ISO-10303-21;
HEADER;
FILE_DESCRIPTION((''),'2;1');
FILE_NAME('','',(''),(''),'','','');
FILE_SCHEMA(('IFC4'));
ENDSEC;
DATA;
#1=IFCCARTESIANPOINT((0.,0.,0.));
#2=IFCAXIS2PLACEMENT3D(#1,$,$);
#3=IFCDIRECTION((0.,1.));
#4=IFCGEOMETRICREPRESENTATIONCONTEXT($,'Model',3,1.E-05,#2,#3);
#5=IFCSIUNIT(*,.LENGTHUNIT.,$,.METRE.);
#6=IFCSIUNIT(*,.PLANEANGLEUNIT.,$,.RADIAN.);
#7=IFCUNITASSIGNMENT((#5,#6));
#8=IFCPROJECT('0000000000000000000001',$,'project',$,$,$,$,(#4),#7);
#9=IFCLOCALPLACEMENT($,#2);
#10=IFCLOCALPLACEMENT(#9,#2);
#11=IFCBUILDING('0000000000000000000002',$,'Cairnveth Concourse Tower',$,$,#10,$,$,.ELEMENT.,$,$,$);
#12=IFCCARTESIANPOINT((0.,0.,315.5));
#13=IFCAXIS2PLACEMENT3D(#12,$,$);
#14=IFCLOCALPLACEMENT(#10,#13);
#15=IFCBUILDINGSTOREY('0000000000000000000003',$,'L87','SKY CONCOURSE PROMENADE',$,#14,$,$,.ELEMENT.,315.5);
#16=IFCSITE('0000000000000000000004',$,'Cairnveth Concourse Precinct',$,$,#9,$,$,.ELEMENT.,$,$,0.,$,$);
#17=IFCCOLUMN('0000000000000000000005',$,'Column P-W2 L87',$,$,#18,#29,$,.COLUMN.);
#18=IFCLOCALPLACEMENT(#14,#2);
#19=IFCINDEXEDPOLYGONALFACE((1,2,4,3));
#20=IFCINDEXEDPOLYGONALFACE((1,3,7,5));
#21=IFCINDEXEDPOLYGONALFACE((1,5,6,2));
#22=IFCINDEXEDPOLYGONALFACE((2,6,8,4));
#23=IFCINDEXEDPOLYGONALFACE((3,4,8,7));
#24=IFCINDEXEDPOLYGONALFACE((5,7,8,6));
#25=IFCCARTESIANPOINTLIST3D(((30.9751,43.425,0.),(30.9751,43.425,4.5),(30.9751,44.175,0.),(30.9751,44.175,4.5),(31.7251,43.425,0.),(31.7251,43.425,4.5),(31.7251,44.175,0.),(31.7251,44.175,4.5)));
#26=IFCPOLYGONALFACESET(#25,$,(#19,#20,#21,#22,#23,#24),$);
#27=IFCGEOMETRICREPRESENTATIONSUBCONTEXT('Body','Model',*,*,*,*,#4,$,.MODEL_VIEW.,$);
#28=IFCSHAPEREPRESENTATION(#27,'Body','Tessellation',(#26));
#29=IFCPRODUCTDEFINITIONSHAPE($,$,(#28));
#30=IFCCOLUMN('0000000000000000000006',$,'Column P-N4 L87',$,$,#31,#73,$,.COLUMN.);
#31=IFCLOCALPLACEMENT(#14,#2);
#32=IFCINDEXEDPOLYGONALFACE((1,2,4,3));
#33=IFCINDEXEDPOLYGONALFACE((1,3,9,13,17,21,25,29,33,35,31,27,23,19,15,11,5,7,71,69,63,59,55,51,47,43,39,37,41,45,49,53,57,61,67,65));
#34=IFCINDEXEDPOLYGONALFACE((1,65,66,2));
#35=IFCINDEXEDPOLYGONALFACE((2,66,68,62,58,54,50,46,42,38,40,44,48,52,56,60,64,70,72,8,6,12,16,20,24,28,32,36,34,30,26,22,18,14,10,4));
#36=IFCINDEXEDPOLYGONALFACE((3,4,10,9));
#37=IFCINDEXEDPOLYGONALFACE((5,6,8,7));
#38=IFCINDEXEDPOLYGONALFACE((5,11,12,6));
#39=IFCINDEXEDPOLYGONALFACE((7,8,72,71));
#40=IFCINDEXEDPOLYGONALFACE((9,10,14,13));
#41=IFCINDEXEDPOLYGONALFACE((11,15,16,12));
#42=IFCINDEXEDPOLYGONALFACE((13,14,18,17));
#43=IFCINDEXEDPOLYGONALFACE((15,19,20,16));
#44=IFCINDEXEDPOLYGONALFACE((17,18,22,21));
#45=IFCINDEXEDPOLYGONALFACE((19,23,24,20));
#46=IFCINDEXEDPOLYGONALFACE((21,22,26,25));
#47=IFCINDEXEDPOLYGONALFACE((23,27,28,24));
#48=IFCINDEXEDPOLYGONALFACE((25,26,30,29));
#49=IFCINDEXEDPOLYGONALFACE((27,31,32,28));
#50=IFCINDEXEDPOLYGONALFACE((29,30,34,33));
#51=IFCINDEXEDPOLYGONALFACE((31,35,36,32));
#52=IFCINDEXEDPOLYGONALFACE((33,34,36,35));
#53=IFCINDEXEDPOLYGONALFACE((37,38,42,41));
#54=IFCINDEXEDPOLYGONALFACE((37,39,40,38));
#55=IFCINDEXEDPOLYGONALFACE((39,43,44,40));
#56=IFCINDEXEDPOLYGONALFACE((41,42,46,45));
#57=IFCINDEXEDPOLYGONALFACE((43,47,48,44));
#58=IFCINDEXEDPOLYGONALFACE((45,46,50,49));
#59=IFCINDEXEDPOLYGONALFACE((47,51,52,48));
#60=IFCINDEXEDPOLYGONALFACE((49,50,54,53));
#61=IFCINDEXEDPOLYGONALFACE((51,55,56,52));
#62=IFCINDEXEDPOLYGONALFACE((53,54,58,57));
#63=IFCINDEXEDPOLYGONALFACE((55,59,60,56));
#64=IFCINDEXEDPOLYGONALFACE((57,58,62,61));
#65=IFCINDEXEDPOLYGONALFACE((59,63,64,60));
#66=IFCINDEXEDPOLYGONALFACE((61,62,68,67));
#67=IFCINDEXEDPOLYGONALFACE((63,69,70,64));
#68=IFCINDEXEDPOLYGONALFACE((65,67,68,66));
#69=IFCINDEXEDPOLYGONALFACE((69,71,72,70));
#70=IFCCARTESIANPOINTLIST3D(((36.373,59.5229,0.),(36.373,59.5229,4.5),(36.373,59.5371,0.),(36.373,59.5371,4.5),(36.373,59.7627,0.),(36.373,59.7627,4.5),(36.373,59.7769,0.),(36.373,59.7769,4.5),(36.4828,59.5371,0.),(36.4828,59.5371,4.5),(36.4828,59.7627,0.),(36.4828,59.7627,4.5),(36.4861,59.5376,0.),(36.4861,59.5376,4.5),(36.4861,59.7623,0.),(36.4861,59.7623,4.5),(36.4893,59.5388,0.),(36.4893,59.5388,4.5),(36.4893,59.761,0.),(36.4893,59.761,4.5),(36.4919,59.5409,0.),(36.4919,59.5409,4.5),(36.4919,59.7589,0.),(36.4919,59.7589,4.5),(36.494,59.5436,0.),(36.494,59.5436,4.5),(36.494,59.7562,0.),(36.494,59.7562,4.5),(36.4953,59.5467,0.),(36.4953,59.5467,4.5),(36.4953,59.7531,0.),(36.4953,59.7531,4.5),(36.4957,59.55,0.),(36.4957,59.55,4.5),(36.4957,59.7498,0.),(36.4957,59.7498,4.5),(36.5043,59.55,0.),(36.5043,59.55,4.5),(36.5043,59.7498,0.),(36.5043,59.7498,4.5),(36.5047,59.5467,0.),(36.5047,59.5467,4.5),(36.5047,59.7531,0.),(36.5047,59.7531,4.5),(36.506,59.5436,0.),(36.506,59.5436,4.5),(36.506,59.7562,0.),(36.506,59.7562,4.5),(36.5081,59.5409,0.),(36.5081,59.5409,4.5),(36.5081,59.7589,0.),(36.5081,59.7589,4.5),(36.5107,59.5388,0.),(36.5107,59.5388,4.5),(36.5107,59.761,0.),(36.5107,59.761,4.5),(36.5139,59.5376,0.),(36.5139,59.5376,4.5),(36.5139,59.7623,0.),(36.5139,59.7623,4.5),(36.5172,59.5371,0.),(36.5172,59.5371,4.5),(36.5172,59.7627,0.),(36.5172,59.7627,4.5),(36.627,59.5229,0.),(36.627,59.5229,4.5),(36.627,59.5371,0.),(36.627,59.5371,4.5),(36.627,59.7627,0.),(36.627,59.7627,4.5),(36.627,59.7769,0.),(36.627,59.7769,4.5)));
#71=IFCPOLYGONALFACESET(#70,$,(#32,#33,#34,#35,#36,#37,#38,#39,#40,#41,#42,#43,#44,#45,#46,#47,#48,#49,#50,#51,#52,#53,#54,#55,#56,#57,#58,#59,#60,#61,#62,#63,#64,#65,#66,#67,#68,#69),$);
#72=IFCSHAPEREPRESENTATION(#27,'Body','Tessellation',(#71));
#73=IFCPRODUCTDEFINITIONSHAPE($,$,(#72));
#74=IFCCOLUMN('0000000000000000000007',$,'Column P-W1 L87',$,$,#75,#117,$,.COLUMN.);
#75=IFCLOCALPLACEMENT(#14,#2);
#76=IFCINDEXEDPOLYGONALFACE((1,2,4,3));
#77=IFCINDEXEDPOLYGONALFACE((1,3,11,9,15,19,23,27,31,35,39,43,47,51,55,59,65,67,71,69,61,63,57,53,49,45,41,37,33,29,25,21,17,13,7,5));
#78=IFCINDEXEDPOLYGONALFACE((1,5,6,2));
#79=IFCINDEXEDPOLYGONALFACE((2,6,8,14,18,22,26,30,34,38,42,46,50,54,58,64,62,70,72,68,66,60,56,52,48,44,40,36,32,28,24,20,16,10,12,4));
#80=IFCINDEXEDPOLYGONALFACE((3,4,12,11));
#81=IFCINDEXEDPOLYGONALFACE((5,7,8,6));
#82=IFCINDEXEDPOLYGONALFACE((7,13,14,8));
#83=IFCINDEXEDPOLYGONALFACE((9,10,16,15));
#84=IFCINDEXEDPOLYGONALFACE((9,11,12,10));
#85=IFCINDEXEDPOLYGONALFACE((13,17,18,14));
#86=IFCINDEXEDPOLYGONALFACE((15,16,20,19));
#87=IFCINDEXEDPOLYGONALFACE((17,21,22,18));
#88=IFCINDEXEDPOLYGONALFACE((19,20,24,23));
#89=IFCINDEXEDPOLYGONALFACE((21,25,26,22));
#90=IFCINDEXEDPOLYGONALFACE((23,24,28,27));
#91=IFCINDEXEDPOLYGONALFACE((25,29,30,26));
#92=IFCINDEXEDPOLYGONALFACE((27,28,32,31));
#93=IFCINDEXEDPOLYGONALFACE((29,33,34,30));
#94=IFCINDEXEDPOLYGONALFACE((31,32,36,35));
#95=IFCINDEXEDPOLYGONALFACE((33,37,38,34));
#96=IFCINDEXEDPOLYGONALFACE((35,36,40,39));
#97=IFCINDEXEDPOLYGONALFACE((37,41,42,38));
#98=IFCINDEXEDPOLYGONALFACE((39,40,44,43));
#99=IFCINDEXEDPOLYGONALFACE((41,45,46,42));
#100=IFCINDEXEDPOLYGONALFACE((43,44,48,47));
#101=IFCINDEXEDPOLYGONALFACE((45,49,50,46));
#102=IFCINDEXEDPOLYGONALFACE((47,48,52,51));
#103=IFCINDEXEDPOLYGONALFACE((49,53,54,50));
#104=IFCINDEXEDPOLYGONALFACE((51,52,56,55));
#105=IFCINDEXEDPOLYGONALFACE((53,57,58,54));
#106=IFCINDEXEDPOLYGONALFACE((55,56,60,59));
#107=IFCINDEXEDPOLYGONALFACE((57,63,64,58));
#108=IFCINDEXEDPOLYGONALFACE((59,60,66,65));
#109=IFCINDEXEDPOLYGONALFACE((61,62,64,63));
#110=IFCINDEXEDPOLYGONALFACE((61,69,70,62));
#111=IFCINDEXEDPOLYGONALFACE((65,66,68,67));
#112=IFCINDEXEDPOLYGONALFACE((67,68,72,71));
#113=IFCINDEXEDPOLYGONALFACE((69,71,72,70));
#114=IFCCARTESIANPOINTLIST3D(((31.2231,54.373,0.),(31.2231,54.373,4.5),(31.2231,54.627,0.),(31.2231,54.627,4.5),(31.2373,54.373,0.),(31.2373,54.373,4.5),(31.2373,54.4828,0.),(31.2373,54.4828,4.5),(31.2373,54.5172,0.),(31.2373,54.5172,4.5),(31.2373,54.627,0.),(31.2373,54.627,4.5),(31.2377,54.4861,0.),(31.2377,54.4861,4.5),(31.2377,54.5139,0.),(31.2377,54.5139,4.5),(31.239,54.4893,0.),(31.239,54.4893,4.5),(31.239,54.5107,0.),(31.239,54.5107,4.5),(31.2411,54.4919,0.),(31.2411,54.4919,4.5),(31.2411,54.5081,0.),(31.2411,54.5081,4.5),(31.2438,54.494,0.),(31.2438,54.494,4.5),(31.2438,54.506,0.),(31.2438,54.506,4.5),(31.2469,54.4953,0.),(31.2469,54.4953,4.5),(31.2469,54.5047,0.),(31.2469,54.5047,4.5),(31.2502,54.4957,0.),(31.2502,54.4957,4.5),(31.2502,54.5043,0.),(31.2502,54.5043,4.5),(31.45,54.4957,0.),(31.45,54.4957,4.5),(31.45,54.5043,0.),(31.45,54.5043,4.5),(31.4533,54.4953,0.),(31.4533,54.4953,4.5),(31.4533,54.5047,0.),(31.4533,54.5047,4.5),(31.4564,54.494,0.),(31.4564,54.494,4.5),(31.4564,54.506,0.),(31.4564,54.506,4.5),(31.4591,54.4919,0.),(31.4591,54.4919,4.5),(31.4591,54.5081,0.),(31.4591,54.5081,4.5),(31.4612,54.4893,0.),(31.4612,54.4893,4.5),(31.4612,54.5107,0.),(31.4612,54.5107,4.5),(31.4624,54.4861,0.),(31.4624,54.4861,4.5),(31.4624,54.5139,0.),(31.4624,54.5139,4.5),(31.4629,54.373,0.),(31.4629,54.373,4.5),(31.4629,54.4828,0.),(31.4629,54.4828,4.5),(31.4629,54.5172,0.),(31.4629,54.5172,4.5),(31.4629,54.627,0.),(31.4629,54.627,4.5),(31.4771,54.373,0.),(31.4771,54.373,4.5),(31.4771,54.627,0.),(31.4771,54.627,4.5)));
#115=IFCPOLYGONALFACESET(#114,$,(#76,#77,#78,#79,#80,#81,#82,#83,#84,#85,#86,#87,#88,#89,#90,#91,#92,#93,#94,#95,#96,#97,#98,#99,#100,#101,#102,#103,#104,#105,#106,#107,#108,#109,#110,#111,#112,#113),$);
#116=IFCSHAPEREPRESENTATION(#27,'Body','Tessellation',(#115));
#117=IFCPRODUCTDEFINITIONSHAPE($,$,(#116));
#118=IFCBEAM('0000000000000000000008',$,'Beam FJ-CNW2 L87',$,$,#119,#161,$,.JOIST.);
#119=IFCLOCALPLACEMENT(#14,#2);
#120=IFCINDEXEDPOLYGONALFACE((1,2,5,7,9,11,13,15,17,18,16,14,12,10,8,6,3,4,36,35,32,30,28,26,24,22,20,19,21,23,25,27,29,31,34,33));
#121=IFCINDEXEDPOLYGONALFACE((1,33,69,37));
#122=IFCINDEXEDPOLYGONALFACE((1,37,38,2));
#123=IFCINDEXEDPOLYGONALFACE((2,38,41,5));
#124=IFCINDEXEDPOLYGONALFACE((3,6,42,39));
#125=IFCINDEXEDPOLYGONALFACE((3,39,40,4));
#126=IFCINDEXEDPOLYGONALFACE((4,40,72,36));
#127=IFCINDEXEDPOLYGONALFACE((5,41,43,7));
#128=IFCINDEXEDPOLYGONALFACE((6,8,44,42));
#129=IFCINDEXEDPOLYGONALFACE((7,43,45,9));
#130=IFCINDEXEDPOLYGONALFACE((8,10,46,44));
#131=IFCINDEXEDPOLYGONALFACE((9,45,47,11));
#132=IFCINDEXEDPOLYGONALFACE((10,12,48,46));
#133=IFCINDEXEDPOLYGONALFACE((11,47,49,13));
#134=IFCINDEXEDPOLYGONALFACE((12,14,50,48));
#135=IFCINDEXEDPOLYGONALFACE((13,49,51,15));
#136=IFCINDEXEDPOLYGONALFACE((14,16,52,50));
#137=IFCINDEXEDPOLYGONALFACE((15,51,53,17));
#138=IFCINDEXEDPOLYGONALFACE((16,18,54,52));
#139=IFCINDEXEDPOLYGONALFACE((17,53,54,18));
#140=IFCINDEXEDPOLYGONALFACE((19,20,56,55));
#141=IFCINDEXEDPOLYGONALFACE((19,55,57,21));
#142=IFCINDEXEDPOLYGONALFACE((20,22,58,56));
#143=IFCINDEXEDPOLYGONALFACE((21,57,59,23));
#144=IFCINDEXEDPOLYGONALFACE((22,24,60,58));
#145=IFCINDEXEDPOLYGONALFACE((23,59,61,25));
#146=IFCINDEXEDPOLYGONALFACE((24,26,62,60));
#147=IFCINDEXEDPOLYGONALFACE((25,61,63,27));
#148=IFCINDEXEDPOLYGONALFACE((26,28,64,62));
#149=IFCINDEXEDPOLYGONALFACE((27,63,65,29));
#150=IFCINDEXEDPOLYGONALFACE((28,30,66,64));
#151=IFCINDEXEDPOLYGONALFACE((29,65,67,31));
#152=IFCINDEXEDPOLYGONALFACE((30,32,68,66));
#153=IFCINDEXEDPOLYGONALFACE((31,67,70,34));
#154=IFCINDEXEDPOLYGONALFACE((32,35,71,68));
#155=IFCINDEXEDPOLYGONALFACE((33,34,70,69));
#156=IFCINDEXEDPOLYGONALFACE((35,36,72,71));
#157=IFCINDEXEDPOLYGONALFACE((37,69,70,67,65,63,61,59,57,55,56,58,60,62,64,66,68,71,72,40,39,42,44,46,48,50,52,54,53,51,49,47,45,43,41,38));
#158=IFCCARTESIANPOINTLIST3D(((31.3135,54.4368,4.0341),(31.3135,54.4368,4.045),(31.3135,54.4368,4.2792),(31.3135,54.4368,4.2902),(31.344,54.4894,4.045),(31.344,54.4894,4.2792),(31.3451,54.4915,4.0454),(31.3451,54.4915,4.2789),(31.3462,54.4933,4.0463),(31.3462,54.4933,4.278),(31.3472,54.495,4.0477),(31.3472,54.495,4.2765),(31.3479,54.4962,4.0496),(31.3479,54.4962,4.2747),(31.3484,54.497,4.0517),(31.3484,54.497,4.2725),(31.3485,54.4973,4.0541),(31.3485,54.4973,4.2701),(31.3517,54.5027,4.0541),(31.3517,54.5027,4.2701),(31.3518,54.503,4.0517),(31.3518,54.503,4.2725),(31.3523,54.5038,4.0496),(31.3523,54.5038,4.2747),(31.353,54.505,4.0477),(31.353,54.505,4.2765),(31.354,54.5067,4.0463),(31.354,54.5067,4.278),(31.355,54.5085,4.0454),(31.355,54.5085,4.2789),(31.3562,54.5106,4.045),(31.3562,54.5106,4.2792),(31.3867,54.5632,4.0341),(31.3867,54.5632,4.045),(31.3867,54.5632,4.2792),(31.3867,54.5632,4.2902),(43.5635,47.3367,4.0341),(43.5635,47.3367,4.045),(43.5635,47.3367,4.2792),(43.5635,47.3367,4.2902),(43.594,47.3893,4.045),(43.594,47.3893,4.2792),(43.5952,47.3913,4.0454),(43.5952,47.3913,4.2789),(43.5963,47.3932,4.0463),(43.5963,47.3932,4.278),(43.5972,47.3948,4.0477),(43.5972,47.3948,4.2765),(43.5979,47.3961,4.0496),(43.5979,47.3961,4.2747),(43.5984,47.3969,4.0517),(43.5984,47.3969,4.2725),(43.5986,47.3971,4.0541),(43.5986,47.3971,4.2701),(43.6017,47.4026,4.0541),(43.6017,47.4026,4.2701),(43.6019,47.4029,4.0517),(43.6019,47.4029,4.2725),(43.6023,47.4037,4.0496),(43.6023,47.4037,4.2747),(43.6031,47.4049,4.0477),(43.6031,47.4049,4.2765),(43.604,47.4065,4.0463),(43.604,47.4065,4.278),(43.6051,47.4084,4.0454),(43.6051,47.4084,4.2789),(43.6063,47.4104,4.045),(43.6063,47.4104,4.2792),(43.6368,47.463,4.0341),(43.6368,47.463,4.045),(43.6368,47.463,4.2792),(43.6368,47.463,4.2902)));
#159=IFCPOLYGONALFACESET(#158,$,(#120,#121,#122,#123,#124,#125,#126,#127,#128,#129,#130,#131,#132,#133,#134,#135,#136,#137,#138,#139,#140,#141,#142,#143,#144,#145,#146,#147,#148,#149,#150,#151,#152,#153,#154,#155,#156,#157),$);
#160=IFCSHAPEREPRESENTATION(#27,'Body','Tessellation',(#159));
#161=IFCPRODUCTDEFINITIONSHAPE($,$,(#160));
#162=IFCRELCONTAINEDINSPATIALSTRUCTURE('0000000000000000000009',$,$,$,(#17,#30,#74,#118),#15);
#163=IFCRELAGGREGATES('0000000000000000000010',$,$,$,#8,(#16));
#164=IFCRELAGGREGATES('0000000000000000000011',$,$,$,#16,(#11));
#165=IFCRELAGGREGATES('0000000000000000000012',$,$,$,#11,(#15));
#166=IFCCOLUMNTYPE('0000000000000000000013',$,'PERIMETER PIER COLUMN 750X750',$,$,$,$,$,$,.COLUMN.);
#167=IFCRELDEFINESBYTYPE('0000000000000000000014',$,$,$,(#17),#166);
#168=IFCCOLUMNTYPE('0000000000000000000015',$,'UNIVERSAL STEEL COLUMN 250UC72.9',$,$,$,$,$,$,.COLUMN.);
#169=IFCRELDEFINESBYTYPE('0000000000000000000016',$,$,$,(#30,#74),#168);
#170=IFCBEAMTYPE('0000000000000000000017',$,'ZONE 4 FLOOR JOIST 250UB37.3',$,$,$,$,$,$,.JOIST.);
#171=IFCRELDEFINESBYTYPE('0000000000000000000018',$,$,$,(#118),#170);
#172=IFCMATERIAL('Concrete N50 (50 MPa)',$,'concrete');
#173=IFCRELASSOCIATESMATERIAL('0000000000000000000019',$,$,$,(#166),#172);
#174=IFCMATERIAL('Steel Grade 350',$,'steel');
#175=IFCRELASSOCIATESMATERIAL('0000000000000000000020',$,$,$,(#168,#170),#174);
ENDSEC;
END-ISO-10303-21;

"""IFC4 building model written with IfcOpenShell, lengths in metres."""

from ifc_helpers import new_model, si_unit, direction, frame, origin, origin_2d, place, context, subcontext, project, spatial, rectangle, i_section, extrude, material, material_profile, profile_set, type_object, element, save


model = new_model("IFC4")

# Units and contexts
model_context = context("Model", 3, precision=1e-05, world=origin(), true_north=direction((0.0, 1.0)))
body_context = subcontext(model_context, "Body", "Model", "MODEL_VIEW")
ifc_project = project(units=[si_unit("LENGTHUNIT", "METRE"), si_unit("PLANEANGLEUNIT", "RADIAN")], contexts=[model_context])

# Site, building, storey
site_placement = place(None, origin())
site = spatial("IfcSite", under=ifc_project, at=site_placement, Name="Cairnveth Concourse Precinct", CompositionType="ELEMENT", RefElevation=0.0)
building_placement = place(site_placement, origin())
building = spatial("IfcBuilding", under=site, at=building_placement, Name="Cairnveth Concourse Tower", CompositionType="ELEMENT")
storey_placement = place(building_placement, frame((0.0, 0.0, 315.5)))
storey = spatial("IfcBuildingStorey", under=building, at=storey_placement, Name="L87", Description="SKY CONCOURSE PROMENADE", CompositionType="ELEMENT", Elevation=315.5)

# Columns
ifc_material_1 = material(Name="Concrete N50 (50 MPa)", Category="concrete")
ifc_material_profile_1 = material_profile(ifc_material_1, rectangle(XDim=0.75, YDim=0.75, at=origin_2d()), Name="RC-COL-750x750")
ifc_profile_set_1 = profile_set([ifc_material_profile_1], Name="Concrete N50 (50 MPa)")
column_type_1 = type_object("IfcColumnType", Name="PERIMETER PIER COLUMN 750X750", PredefinedType="COLUMN", material=ifc_profile_set_1)
column_placement = place(storey_placement, frame((31.3501, 43.8, 0.0), z_axis=(0.0, 0.0, 1.0), x_axis=(0.0, 1.0, 0.0)))
element("IfcColumn", 1, at=column_placement, inside=storey, type_object=column_type_1, Name="Column P-W2 L87", PredefinedType="COLUMN", context=body_context, shape_type="SweptSolid", body=[
    extrude(rectangle(XDim=0.75, YDim=0.75, at=origin_2d()), origin(), (0.0, 0.0, 1.0), 4.5),
])
ifc_material_2 = material(Name="Steel Grade 350", Category="steel")
ifc_material_profile_2 = material_profile(ifc_material_2, i_section(OverallWidth=0.2539, OverallDepth=0.2539, WebThickness=0.0085, FlangeThickness=0.0142, FilletRadius=0.0129, at=origin_2d()), Name="250UC72.9")
ifc_profile_set_2 = profile_set([ifc_material_profile_2], Name="Steel Grade 350")
column_type_2 = type_object("IfcColumnType", Name="UNIVERSAL STEEL COLUMN 250UC72.9", PredefinedType="COLUMN", material=ifc_profile_set_2)
for number, where, z_axis, x_axis, name in (
    (2, (36.5, 59.6499, 0.0), (0.0, 0.0, 1.0), (1.0, 0.0, 0.0), "Column P-N4 L87"),
    (3, (31.3501, 54.5, 0.0), (0.0, 0.0, 1.0), (0.0, 1.0, 0.0), "Column P-W1 L87"),
):
    element("IfcColumn", number, at=place(storey_placement, frame(where, z_axis=z_axis, x_axis=x_axis)), inside=storey, type_object=column_type_2, Name=name, PredefinedType="COLUMN", context=body_context, shape_type="SweptSolid", body=[
        extrude(i_section(OverallWidth=0.2539, OverallDepth=0.2539, WebThickness=0.0085, FlangeThickness=0.0142, FilletRadius=0.0129, at=origin_2d()), origin(), (0.0, 0.0, 1.0), 4.5),
    ])

# Beam
ifc_material_profile_3 = material_profile(ifc_material_2, i_section(OverallWidth=0.146, OverallDepth=0.2561, WebThickness=0.0063, FlangeThickness=0.011, FilletRadius=0.009, at=origin_2d()), Name="250UB37.3")
ifc_profile_set_3 = profile_set([ifc_material_profile_3], Name="Steel Grade 350")
beam_type_1 = type_object("IfcBeamType", Name="ZONE 4 FLOOR JOIST 250UB37.3", PredefinedType="JOIST", material=ifc_profile_set_3)
beam_1_placement = place(storey_placement, frame((31.3501, 54.5, 4.1621), z_axis=(0.865181, -0.501459, 0.0), x_axis=(0.501459, 0.865181, 0.0)))
element("IfcBeam", 4, at=beam_1_placement, inside=storey, type_object=beam_type_1, Name="Beam FJ-CNW2 L87", PredefinedType="JOIST", context=body_context, shape_type="SweptSolid", body=[
    extrude(i_section(OverallWidth=0.146, OverallDepth=0.2561, WebThickness=0.0063, FlangeThickness=0.011, FilletRadius=0.009, at=origin_2d()), origin(), (0.0, 0.0, 1.0), 14.1589),
])

save(model, "model.ifc")
